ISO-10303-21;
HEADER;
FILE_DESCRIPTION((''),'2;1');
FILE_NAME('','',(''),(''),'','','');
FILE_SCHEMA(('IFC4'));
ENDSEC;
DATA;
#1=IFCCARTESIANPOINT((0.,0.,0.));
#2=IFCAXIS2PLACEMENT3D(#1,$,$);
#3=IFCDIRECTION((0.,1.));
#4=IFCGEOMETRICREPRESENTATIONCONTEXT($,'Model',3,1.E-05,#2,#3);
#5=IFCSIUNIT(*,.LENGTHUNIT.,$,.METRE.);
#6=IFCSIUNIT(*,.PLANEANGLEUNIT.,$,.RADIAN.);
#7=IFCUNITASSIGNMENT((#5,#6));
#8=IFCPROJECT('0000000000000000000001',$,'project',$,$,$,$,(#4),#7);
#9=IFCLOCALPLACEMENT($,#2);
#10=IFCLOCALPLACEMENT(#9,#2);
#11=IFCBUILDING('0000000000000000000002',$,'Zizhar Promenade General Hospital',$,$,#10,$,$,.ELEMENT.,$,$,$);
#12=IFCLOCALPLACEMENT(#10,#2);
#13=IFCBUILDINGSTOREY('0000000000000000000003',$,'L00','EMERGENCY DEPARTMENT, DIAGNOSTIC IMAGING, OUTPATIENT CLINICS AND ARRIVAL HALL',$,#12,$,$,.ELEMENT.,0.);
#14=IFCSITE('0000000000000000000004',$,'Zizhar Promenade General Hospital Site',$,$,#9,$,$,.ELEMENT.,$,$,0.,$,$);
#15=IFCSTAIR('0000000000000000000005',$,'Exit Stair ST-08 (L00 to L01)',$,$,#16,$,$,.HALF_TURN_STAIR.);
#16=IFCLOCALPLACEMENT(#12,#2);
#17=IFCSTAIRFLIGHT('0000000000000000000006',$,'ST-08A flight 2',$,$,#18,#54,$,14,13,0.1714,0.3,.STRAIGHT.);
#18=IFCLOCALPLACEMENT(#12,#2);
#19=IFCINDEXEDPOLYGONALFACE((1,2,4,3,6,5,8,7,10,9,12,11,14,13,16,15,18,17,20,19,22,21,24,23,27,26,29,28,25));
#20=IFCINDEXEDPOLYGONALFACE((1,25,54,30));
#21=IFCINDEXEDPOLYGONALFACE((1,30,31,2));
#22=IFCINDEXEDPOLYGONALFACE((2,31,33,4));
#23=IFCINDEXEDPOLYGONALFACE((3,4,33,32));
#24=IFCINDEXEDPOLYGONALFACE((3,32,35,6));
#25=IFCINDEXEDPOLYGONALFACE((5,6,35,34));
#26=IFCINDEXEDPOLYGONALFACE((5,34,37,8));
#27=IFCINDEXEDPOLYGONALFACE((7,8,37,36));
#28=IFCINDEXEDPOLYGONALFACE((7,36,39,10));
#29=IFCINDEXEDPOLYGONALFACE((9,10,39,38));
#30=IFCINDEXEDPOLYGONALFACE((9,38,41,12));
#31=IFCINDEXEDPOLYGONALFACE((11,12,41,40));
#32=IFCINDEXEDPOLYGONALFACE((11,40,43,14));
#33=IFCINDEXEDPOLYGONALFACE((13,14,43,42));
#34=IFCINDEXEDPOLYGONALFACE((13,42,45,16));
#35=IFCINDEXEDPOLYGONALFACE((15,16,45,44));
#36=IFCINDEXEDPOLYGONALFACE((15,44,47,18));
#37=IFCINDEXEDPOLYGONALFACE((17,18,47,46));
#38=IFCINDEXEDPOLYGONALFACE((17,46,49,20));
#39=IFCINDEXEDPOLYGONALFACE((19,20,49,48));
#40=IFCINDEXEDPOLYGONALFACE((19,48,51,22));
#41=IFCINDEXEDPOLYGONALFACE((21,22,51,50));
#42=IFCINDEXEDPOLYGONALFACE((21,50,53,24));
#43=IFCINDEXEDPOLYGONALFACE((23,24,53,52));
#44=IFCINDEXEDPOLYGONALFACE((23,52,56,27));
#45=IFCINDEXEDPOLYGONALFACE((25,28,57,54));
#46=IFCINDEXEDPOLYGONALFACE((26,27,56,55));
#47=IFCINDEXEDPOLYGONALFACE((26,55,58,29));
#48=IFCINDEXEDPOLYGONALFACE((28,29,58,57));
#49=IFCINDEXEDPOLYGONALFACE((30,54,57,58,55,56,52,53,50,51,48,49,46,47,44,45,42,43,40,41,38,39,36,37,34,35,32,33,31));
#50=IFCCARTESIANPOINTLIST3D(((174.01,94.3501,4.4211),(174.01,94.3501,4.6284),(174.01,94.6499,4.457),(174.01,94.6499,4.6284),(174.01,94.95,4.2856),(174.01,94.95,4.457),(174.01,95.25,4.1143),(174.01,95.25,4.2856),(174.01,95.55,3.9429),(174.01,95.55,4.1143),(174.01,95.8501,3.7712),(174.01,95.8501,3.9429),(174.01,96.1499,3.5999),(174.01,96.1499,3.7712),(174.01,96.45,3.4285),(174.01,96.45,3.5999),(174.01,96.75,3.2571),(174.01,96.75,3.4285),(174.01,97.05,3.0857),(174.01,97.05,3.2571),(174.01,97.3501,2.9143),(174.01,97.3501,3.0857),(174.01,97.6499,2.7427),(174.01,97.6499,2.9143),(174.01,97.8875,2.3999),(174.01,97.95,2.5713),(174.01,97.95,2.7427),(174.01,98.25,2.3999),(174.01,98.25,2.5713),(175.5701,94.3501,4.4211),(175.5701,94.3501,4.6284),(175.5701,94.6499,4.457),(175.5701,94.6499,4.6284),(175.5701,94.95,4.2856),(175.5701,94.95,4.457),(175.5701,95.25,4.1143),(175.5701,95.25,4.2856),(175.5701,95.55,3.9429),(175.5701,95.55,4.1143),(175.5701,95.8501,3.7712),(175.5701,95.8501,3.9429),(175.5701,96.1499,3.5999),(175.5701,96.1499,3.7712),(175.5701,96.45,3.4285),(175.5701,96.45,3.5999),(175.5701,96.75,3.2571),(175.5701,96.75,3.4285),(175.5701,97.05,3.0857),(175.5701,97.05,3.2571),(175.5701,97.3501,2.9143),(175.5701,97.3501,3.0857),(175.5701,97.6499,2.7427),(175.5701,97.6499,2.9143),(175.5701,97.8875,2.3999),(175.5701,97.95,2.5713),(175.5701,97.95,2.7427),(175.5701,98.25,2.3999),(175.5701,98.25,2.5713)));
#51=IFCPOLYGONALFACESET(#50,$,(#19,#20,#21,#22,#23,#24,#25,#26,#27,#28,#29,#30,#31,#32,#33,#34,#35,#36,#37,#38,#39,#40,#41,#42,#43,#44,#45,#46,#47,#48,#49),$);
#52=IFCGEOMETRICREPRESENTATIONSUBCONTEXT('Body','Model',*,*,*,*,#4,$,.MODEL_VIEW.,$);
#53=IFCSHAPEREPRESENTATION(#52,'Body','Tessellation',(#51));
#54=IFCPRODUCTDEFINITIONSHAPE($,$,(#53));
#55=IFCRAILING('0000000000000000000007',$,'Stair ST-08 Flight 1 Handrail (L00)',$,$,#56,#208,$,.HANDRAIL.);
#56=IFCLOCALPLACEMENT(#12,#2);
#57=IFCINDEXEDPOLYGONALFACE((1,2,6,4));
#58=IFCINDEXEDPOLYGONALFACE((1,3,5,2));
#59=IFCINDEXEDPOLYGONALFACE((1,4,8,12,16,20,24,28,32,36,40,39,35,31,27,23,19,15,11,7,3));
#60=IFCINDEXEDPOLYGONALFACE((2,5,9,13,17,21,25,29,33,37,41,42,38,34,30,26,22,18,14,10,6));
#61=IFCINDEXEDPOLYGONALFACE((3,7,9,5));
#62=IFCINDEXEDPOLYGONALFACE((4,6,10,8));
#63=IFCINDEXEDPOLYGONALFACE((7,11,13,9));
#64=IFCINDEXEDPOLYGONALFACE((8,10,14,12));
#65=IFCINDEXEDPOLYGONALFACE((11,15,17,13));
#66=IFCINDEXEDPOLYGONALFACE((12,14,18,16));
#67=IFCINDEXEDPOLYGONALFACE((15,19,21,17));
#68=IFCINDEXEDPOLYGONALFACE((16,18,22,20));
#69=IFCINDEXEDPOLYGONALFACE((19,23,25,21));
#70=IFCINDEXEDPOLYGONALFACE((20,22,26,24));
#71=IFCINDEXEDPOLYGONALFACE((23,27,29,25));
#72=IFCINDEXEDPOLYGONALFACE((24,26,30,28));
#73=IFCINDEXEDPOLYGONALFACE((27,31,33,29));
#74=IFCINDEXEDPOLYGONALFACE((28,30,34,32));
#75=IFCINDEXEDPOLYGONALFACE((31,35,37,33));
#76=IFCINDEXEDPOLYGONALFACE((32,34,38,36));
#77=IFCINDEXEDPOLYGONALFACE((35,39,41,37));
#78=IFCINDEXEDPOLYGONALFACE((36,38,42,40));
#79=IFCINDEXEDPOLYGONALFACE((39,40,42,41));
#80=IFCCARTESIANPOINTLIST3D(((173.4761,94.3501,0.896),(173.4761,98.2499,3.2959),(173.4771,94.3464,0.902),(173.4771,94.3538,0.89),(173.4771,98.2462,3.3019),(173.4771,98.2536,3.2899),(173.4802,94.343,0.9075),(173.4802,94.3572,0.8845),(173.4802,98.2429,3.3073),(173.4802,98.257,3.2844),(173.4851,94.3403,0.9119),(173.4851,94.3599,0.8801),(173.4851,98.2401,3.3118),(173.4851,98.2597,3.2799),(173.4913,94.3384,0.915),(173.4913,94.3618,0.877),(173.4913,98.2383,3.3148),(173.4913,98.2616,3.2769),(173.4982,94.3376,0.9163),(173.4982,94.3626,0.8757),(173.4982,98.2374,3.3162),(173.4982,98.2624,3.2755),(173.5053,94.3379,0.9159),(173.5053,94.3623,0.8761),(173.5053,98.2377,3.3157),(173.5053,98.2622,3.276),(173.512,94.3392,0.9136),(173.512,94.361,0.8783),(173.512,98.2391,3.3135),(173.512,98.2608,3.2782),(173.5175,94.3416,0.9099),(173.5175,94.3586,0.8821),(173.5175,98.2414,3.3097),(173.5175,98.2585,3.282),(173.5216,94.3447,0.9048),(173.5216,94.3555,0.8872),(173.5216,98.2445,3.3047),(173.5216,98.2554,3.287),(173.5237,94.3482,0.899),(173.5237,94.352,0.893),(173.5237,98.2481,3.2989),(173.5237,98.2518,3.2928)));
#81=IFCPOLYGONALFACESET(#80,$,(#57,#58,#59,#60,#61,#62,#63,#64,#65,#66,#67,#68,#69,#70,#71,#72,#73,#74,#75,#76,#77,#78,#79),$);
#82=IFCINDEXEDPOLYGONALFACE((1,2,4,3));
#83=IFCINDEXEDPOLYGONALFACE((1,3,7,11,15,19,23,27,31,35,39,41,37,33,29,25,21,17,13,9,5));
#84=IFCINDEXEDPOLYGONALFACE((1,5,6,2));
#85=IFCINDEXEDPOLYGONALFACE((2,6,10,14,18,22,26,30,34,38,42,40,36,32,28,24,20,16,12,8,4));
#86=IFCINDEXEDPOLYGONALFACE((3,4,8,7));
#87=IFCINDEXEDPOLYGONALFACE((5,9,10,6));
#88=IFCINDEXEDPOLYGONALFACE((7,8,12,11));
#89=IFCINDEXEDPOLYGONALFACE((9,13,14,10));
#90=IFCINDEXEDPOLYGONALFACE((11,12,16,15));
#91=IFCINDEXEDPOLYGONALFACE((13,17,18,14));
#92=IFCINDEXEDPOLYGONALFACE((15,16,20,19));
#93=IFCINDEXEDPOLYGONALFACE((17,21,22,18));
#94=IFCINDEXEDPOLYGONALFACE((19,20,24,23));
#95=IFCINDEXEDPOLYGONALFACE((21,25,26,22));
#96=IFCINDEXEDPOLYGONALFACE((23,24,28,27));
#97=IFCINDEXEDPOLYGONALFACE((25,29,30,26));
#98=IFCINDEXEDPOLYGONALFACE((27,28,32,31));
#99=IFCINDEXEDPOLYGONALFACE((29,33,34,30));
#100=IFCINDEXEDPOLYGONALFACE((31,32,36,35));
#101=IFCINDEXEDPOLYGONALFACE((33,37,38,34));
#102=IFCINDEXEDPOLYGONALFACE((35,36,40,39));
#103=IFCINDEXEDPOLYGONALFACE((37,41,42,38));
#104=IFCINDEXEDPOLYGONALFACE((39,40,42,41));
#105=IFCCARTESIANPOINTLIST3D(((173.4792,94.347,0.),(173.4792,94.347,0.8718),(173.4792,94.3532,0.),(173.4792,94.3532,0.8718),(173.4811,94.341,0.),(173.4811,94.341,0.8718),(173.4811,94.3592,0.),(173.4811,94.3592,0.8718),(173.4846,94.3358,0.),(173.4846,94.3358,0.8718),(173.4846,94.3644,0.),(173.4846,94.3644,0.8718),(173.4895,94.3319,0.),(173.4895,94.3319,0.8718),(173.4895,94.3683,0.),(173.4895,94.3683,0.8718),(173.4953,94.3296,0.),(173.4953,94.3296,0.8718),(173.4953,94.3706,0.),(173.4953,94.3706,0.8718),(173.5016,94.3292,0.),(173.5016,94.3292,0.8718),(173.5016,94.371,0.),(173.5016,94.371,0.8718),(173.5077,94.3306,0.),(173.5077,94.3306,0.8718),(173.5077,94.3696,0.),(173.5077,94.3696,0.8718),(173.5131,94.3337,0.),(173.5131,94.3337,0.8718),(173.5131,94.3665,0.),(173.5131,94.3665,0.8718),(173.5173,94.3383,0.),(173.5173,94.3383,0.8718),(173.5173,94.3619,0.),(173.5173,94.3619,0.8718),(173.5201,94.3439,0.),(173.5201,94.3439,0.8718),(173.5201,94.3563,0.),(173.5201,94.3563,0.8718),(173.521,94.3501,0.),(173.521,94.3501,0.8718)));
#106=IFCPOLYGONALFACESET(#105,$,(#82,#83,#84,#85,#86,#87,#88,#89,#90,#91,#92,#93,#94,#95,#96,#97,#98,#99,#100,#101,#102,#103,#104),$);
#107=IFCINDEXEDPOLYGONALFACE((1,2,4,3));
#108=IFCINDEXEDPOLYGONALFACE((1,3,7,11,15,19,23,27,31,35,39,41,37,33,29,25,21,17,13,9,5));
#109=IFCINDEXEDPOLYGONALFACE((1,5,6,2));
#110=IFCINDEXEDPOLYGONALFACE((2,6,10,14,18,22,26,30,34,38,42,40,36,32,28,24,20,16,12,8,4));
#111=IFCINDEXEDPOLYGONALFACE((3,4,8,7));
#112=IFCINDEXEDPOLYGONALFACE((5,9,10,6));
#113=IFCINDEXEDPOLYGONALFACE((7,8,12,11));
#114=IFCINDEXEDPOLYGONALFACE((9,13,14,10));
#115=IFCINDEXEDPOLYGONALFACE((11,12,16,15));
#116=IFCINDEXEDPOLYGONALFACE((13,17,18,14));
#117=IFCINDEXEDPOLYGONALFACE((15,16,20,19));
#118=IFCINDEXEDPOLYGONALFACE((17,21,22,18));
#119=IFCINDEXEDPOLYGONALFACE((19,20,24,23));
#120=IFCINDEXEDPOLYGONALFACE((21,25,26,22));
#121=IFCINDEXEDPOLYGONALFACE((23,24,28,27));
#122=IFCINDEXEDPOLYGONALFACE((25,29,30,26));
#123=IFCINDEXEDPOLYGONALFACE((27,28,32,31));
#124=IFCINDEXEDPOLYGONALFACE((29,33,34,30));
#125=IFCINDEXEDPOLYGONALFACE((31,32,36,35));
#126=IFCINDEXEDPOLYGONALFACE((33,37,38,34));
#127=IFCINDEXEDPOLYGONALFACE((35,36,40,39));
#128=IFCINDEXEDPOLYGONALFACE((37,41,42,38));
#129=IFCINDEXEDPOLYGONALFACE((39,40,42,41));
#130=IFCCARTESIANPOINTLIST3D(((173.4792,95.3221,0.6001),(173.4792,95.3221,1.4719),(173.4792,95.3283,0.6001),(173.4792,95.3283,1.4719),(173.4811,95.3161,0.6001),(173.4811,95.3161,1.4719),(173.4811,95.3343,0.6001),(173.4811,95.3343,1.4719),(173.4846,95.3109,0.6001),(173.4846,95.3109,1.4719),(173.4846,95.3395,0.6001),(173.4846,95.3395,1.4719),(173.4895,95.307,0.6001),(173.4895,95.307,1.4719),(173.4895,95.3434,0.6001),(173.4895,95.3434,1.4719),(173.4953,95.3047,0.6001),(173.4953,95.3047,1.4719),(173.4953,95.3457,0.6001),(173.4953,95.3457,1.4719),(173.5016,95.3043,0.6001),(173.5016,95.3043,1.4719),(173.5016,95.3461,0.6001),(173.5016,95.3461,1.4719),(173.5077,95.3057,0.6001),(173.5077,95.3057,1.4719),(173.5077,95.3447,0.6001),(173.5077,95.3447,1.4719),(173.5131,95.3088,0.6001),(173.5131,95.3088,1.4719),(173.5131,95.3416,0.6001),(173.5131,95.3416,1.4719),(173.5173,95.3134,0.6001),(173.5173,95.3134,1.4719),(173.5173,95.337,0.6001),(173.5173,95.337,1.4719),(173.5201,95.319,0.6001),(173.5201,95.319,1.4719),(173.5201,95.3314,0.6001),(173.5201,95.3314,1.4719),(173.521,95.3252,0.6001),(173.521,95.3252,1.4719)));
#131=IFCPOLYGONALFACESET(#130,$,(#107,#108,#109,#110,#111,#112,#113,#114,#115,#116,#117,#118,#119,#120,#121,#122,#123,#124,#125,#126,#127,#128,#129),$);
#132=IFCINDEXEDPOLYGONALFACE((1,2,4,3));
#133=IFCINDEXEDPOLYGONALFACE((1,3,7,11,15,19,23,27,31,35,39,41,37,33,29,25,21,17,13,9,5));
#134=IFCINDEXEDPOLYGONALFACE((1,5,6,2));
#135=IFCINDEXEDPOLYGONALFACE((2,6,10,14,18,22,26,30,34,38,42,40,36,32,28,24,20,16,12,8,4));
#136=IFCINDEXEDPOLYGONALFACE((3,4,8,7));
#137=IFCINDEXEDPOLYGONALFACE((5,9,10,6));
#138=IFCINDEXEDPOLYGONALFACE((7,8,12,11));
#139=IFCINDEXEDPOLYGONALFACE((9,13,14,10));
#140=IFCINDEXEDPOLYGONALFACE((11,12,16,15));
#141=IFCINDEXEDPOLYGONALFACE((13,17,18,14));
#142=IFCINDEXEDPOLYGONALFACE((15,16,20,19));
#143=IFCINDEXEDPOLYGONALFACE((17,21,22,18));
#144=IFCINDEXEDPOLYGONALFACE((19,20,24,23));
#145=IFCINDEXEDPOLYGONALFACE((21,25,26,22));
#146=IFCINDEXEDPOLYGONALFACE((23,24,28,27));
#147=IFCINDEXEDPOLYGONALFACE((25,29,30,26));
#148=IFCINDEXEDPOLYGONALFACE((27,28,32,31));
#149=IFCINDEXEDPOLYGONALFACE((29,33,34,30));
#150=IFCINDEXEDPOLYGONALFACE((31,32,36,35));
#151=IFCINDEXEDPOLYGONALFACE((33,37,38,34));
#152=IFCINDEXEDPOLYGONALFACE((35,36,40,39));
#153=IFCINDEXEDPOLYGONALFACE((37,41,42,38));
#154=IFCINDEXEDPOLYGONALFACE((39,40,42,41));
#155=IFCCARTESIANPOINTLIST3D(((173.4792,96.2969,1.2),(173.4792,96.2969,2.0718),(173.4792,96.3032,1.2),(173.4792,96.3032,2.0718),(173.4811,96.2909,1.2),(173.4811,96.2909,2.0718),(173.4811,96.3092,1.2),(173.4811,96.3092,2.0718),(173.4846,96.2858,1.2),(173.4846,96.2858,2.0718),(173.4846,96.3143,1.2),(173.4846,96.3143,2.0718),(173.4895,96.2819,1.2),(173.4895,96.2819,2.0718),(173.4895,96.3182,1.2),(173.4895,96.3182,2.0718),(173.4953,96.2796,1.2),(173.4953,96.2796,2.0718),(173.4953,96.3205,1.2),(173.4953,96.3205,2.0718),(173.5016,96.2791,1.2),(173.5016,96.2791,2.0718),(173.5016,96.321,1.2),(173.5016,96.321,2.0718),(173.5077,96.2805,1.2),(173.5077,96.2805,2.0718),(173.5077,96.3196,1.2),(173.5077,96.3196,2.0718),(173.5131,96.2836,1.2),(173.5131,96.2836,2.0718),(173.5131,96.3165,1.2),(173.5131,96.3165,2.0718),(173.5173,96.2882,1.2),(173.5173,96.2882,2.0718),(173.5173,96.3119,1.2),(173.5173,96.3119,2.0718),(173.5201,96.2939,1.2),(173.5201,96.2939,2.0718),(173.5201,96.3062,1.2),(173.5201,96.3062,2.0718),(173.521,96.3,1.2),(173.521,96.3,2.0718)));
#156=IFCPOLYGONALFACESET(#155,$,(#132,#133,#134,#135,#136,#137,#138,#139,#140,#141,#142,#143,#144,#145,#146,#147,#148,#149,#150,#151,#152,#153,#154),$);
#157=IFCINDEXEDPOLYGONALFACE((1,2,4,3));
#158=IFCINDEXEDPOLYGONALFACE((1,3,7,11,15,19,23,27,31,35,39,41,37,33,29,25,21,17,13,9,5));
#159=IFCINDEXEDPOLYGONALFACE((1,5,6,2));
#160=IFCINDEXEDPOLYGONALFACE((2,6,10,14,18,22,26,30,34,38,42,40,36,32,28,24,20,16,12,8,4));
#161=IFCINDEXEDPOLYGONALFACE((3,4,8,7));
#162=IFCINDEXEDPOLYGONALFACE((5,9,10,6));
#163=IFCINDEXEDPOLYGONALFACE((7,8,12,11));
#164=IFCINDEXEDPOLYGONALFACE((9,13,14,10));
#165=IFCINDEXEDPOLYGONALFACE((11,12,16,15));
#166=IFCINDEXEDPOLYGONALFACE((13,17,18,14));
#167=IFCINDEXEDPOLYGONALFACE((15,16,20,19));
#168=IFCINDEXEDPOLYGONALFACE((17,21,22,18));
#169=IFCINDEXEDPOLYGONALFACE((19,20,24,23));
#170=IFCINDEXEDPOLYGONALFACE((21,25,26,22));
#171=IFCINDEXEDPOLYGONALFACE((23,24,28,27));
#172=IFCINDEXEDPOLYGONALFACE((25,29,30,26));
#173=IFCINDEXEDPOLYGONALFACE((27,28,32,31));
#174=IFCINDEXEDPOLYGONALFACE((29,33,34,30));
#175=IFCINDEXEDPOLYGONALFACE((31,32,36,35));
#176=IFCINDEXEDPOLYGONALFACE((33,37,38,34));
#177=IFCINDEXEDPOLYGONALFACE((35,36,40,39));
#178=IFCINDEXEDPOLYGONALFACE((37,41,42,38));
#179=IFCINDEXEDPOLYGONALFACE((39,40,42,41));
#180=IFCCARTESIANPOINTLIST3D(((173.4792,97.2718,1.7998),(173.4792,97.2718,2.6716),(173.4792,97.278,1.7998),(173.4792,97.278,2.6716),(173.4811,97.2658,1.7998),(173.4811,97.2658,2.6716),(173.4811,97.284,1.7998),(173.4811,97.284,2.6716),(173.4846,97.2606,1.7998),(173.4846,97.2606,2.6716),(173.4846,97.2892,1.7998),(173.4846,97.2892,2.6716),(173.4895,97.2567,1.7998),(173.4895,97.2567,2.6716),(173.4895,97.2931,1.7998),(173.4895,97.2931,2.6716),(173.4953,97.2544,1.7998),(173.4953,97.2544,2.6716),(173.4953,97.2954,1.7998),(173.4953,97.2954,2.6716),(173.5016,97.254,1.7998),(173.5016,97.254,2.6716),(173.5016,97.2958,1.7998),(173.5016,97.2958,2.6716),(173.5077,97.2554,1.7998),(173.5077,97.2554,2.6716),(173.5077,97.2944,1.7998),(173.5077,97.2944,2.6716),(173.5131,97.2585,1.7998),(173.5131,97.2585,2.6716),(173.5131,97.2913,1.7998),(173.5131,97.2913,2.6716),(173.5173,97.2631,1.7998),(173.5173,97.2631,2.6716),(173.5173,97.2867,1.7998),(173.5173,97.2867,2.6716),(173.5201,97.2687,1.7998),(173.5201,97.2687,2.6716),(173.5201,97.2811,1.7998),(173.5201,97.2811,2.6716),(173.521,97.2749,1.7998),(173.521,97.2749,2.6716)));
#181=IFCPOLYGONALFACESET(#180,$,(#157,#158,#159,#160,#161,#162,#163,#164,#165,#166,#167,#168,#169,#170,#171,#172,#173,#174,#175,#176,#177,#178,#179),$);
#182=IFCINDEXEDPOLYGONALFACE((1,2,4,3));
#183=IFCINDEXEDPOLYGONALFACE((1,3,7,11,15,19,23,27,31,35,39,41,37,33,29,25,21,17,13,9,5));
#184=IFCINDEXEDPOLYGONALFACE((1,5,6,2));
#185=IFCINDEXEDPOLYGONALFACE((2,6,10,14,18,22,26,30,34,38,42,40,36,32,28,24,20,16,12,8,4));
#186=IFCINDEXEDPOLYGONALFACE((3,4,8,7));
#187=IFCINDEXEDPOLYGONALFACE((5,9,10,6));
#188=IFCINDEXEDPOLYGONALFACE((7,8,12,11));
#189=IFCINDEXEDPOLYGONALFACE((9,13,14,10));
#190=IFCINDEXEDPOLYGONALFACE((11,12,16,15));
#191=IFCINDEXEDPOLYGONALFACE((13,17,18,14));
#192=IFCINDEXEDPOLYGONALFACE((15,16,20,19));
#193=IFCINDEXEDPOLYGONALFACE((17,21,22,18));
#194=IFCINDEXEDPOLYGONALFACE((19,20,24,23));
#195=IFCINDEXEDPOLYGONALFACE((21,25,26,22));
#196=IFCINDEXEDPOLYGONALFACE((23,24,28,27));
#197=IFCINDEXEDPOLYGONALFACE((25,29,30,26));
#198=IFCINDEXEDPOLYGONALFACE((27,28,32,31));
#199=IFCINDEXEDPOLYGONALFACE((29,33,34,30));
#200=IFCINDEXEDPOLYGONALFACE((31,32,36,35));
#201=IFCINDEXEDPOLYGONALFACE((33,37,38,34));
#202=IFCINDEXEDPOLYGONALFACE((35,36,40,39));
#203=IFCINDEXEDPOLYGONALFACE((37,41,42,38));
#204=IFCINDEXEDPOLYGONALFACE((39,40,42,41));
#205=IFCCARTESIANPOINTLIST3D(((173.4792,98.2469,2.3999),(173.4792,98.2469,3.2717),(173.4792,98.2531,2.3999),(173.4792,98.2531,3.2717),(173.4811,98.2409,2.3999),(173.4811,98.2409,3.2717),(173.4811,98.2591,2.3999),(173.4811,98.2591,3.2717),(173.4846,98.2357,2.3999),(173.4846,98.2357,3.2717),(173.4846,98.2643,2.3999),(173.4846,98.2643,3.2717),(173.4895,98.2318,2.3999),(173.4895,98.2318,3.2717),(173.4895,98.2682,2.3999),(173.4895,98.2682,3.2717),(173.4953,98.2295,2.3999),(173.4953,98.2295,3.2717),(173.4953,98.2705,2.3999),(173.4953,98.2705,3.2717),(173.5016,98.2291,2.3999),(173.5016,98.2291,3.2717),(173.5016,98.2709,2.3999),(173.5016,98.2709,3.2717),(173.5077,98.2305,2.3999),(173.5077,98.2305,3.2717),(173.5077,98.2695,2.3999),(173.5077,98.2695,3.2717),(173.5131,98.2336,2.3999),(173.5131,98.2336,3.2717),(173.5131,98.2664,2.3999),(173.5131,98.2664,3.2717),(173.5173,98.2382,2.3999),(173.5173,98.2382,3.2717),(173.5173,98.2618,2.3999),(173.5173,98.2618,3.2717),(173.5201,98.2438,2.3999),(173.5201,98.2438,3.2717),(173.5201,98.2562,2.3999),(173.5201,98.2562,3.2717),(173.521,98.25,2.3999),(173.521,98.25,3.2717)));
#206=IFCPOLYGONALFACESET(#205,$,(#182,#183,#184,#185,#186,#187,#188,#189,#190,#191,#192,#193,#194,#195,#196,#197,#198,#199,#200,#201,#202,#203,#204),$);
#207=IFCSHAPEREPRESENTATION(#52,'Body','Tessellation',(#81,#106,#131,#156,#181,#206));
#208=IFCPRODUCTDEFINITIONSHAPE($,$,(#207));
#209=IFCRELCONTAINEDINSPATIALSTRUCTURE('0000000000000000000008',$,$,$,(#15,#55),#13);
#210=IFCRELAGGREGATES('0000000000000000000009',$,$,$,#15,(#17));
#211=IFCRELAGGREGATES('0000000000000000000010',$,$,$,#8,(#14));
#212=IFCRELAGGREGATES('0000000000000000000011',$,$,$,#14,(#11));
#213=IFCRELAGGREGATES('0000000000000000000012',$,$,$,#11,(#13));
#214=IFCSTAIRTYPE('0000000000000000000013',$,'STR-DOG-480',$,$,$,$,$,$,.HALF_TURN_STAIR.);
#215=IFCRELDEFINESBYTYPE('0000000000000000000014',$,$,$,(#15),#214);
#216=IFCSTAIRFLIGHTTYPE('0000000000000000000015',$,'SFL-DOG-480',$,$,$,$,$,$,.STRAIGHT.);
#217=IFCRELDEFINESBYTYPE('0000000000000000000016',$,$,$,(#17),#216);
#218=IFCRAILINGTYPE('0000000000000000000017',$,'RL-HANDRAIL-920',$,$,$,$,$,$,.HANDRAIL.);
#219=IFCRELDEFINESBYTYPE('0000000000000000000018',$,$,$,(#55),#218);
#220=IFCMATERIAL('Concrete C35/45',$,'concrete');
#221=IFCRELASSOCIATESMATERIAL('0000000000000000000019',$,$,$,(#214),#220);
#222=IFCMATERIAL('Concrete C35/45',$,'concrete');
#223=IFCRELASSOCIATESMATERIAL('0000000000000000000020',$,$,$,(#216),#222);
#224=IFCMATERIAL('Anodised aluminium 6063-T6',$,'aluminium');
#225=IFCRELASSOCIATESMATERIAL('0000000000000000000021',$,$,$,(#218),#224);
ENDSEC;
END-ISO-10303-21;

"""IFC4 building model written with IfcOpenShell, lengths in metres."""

from ifc_helpers import new_model, si_unit, direction, frame, origin, origin_2d, place, context, subcontext, project, spatial, polyline, circle, hollow_circle, outline, extrude, material, material_profile, profile_set, type_object, element, aggregate, save


model = new_model("IFC4")

# Units and contexts
model_context = context("Model", 3, precision=1e-05, world=origin(), true_north=direction((0.0, 1.0)))
body_context = subcontext(model_context, "Body", "Model", "MODEL_VIEW")
ifc_project = project(units=[si_unit("LENGTHUNIT", "METRE"), si_unit("PLANEANGLEUNIT", "RADIAN")], contexts=[model_context])

# Site, building, storey
site_placement = place(None, origin())
site = spatial("IfcSite", under=ifc_project, at=site_placement, Name="Zizhar Promenade General Hospital Site", CompositionType="ELEMENT", RefElevation=0.0)
building_placement = place(site_placement, origin())
building = spatial("IfcBuilding", under=site, at=building_placement, Name="Zizhar Promenade General Hospital", CompositionType="ELEMENT")
storey_placement = place(building_placement, origin())
storey = spatial("IfcBuildingStorey", under=building, at=storey_placement, Name="L00", Description="EMERGENCY DEPARTMENT, DIAGNOSTIC IMAGING, OUTPATIENT CLINICS AND ARRIVAL HALL", CompositionType="ELEMENT", Elevation=0.0)

# Stair, stair flight
ifc_material_1 = material(Name="Concrete C35/45", Category="concrete")
stair_type = type_object("IfcStairType", Name="STR-DOG-480", PredefinedType="HALF_TURN_STAIR", material=ifc_material_1)
stair_placement = place(storey_placement, origin())
stair = element("IfcStair", 1, at=stair_placement, inside=storey, type_object=stair_type, Name="Exit Stair ST-08 (L00 to L01)", PredefinedType="HALF_TURN_STAIR")
ifc_material_2 = material(Name="Concrete C35/45", Category="concrete")
stair_flight_type = type_object("IfcStairFlightType", Name="SFL-DOG-480", PredefinedType="STRAIGHT", material=ifc_material_2)
stair_flight_1_placement = place(storey_placement, frame((174.79, 98.25, 2.3999), z_axis=(0.0, 0.0, 1.0), x_axis=(0.0, -1.0, 0.0)))
stair_flight_1 = element("IfcStairFlight", 2, at=stair_flight_1_placement, type_object=stair_flight_type, Name="ST-08A flight 2", NumberOfRisers=14, NumberOfTreads=13, PredefinedType="STRAIGHT", RiserHeight=0.1714, TreadLength=0.3, context=body_context, shape_type="SweptSolid", body=[
    extrude(outline(polyline([(0.0, 0.0), (0.0, 0.1714), (0.3, 0.1714), (0.3, 0.3428), (0.6001, 0.3428), (0.6001, 0.5144), (0.8999, 0.5144), (0.8999, 0.6858), (1.2, 0.6858), (1.2, 0.8572), (1.5, 0.8572), (1.5, 1.0286), (1.8, 1.0286), (1.8, 1.2), (2.1001, 1.2), (2.1001, 1.3713), (2.3999, 1.3713), (2.3999, 1.543), (2.7, 1.543), (2.7, 1.7144), (3.0, 1.7144), (3.0, 1.8857), (3.3, 1.8857), (3.3, 2.0571), (3.6001, 2.0571), (3.6001, 2.2285), (3.8999, 2.2285), (3.8999, 2.3999), (3.8999, 2.0212), (0.3625, 0.0), (0.0, 0.0)])), frame((0.0, 0.78, 0.0), z_axis=(0.0, -1.0, 0.0), x_axis=(1.0, 0.0, 0.0)), (0.0, 0.0, 1.0), 1.5601),
])
aggregate(stair, [stair_flight_1])

# Railing
ifc_material_3 = material(Name="Anodised aluminium 6063-T6", Category="aluminium")
ifc_material_profile_1 = material_profile(ifc_material_3, hollow_circle(Radius=0.0698, WallThickness=0.0063, at=origin_2d()))
ifc_profile_set_1 = profile_set([ifc_material_profile_1], Name="Anodised aluminium 6063-T6")
railing_type_1 = type_object("IfcRailingType", Name="RL-HANDRAIL-920", PredefinedType="HANDRAIL", material=ifc_profile_set_1)
railing_1_placement = place(storey_placement, frame((173.5, 94.3501, 0.0)))
element("IfcRailing", 3, at=railing_1_placement, inside=storey, type_object=railing_type_1, Name="Stair ST-08 Flight 1 Handrail (L00)", PredefinedType="HANDRAIL", context=body_context, shape_type="SweptSolid", body=[
    extrude(circle(Radius=0.0239, at=origin_2d()), frame((0.0, 0.0, 0.896), z_axis=(0.0, 0.851662, 0.524091), x_axis=(-1.0, 0.0, 0.0)), (0.0, 0.0, 1.0), 4.5791),
    extrude(circle(Radius=0.021, at=origin_2d()), origin(), (0.0, 0.0, 1.0), 0.8718),
    extrude(circle(Radius=0.021, at=origin_2d()), frame((0.0, 0.9751, 0.6001)), (0.0, 0.0, 1.0), 0.8718),
    extrude(circle(Radius=0.021, at=origin_2d()), frame((0.0, 1.95, 1.2)), (0.0, 0.0, 1.0), 0.8718),
    extrude(circle(Radius=0.021, at=origin_2d()), frame((0.0, 2.9248, 1.7998)), (0.0, 0.0, 1.0), 0.8718),
    extrude(circle(Radius=0.021, at=origin_2d()), frame((0.0, 3.8999, 2.3999)), (0.0, 0.0, 1.0), 0.8718),
])

save(model, "model.ifc")
